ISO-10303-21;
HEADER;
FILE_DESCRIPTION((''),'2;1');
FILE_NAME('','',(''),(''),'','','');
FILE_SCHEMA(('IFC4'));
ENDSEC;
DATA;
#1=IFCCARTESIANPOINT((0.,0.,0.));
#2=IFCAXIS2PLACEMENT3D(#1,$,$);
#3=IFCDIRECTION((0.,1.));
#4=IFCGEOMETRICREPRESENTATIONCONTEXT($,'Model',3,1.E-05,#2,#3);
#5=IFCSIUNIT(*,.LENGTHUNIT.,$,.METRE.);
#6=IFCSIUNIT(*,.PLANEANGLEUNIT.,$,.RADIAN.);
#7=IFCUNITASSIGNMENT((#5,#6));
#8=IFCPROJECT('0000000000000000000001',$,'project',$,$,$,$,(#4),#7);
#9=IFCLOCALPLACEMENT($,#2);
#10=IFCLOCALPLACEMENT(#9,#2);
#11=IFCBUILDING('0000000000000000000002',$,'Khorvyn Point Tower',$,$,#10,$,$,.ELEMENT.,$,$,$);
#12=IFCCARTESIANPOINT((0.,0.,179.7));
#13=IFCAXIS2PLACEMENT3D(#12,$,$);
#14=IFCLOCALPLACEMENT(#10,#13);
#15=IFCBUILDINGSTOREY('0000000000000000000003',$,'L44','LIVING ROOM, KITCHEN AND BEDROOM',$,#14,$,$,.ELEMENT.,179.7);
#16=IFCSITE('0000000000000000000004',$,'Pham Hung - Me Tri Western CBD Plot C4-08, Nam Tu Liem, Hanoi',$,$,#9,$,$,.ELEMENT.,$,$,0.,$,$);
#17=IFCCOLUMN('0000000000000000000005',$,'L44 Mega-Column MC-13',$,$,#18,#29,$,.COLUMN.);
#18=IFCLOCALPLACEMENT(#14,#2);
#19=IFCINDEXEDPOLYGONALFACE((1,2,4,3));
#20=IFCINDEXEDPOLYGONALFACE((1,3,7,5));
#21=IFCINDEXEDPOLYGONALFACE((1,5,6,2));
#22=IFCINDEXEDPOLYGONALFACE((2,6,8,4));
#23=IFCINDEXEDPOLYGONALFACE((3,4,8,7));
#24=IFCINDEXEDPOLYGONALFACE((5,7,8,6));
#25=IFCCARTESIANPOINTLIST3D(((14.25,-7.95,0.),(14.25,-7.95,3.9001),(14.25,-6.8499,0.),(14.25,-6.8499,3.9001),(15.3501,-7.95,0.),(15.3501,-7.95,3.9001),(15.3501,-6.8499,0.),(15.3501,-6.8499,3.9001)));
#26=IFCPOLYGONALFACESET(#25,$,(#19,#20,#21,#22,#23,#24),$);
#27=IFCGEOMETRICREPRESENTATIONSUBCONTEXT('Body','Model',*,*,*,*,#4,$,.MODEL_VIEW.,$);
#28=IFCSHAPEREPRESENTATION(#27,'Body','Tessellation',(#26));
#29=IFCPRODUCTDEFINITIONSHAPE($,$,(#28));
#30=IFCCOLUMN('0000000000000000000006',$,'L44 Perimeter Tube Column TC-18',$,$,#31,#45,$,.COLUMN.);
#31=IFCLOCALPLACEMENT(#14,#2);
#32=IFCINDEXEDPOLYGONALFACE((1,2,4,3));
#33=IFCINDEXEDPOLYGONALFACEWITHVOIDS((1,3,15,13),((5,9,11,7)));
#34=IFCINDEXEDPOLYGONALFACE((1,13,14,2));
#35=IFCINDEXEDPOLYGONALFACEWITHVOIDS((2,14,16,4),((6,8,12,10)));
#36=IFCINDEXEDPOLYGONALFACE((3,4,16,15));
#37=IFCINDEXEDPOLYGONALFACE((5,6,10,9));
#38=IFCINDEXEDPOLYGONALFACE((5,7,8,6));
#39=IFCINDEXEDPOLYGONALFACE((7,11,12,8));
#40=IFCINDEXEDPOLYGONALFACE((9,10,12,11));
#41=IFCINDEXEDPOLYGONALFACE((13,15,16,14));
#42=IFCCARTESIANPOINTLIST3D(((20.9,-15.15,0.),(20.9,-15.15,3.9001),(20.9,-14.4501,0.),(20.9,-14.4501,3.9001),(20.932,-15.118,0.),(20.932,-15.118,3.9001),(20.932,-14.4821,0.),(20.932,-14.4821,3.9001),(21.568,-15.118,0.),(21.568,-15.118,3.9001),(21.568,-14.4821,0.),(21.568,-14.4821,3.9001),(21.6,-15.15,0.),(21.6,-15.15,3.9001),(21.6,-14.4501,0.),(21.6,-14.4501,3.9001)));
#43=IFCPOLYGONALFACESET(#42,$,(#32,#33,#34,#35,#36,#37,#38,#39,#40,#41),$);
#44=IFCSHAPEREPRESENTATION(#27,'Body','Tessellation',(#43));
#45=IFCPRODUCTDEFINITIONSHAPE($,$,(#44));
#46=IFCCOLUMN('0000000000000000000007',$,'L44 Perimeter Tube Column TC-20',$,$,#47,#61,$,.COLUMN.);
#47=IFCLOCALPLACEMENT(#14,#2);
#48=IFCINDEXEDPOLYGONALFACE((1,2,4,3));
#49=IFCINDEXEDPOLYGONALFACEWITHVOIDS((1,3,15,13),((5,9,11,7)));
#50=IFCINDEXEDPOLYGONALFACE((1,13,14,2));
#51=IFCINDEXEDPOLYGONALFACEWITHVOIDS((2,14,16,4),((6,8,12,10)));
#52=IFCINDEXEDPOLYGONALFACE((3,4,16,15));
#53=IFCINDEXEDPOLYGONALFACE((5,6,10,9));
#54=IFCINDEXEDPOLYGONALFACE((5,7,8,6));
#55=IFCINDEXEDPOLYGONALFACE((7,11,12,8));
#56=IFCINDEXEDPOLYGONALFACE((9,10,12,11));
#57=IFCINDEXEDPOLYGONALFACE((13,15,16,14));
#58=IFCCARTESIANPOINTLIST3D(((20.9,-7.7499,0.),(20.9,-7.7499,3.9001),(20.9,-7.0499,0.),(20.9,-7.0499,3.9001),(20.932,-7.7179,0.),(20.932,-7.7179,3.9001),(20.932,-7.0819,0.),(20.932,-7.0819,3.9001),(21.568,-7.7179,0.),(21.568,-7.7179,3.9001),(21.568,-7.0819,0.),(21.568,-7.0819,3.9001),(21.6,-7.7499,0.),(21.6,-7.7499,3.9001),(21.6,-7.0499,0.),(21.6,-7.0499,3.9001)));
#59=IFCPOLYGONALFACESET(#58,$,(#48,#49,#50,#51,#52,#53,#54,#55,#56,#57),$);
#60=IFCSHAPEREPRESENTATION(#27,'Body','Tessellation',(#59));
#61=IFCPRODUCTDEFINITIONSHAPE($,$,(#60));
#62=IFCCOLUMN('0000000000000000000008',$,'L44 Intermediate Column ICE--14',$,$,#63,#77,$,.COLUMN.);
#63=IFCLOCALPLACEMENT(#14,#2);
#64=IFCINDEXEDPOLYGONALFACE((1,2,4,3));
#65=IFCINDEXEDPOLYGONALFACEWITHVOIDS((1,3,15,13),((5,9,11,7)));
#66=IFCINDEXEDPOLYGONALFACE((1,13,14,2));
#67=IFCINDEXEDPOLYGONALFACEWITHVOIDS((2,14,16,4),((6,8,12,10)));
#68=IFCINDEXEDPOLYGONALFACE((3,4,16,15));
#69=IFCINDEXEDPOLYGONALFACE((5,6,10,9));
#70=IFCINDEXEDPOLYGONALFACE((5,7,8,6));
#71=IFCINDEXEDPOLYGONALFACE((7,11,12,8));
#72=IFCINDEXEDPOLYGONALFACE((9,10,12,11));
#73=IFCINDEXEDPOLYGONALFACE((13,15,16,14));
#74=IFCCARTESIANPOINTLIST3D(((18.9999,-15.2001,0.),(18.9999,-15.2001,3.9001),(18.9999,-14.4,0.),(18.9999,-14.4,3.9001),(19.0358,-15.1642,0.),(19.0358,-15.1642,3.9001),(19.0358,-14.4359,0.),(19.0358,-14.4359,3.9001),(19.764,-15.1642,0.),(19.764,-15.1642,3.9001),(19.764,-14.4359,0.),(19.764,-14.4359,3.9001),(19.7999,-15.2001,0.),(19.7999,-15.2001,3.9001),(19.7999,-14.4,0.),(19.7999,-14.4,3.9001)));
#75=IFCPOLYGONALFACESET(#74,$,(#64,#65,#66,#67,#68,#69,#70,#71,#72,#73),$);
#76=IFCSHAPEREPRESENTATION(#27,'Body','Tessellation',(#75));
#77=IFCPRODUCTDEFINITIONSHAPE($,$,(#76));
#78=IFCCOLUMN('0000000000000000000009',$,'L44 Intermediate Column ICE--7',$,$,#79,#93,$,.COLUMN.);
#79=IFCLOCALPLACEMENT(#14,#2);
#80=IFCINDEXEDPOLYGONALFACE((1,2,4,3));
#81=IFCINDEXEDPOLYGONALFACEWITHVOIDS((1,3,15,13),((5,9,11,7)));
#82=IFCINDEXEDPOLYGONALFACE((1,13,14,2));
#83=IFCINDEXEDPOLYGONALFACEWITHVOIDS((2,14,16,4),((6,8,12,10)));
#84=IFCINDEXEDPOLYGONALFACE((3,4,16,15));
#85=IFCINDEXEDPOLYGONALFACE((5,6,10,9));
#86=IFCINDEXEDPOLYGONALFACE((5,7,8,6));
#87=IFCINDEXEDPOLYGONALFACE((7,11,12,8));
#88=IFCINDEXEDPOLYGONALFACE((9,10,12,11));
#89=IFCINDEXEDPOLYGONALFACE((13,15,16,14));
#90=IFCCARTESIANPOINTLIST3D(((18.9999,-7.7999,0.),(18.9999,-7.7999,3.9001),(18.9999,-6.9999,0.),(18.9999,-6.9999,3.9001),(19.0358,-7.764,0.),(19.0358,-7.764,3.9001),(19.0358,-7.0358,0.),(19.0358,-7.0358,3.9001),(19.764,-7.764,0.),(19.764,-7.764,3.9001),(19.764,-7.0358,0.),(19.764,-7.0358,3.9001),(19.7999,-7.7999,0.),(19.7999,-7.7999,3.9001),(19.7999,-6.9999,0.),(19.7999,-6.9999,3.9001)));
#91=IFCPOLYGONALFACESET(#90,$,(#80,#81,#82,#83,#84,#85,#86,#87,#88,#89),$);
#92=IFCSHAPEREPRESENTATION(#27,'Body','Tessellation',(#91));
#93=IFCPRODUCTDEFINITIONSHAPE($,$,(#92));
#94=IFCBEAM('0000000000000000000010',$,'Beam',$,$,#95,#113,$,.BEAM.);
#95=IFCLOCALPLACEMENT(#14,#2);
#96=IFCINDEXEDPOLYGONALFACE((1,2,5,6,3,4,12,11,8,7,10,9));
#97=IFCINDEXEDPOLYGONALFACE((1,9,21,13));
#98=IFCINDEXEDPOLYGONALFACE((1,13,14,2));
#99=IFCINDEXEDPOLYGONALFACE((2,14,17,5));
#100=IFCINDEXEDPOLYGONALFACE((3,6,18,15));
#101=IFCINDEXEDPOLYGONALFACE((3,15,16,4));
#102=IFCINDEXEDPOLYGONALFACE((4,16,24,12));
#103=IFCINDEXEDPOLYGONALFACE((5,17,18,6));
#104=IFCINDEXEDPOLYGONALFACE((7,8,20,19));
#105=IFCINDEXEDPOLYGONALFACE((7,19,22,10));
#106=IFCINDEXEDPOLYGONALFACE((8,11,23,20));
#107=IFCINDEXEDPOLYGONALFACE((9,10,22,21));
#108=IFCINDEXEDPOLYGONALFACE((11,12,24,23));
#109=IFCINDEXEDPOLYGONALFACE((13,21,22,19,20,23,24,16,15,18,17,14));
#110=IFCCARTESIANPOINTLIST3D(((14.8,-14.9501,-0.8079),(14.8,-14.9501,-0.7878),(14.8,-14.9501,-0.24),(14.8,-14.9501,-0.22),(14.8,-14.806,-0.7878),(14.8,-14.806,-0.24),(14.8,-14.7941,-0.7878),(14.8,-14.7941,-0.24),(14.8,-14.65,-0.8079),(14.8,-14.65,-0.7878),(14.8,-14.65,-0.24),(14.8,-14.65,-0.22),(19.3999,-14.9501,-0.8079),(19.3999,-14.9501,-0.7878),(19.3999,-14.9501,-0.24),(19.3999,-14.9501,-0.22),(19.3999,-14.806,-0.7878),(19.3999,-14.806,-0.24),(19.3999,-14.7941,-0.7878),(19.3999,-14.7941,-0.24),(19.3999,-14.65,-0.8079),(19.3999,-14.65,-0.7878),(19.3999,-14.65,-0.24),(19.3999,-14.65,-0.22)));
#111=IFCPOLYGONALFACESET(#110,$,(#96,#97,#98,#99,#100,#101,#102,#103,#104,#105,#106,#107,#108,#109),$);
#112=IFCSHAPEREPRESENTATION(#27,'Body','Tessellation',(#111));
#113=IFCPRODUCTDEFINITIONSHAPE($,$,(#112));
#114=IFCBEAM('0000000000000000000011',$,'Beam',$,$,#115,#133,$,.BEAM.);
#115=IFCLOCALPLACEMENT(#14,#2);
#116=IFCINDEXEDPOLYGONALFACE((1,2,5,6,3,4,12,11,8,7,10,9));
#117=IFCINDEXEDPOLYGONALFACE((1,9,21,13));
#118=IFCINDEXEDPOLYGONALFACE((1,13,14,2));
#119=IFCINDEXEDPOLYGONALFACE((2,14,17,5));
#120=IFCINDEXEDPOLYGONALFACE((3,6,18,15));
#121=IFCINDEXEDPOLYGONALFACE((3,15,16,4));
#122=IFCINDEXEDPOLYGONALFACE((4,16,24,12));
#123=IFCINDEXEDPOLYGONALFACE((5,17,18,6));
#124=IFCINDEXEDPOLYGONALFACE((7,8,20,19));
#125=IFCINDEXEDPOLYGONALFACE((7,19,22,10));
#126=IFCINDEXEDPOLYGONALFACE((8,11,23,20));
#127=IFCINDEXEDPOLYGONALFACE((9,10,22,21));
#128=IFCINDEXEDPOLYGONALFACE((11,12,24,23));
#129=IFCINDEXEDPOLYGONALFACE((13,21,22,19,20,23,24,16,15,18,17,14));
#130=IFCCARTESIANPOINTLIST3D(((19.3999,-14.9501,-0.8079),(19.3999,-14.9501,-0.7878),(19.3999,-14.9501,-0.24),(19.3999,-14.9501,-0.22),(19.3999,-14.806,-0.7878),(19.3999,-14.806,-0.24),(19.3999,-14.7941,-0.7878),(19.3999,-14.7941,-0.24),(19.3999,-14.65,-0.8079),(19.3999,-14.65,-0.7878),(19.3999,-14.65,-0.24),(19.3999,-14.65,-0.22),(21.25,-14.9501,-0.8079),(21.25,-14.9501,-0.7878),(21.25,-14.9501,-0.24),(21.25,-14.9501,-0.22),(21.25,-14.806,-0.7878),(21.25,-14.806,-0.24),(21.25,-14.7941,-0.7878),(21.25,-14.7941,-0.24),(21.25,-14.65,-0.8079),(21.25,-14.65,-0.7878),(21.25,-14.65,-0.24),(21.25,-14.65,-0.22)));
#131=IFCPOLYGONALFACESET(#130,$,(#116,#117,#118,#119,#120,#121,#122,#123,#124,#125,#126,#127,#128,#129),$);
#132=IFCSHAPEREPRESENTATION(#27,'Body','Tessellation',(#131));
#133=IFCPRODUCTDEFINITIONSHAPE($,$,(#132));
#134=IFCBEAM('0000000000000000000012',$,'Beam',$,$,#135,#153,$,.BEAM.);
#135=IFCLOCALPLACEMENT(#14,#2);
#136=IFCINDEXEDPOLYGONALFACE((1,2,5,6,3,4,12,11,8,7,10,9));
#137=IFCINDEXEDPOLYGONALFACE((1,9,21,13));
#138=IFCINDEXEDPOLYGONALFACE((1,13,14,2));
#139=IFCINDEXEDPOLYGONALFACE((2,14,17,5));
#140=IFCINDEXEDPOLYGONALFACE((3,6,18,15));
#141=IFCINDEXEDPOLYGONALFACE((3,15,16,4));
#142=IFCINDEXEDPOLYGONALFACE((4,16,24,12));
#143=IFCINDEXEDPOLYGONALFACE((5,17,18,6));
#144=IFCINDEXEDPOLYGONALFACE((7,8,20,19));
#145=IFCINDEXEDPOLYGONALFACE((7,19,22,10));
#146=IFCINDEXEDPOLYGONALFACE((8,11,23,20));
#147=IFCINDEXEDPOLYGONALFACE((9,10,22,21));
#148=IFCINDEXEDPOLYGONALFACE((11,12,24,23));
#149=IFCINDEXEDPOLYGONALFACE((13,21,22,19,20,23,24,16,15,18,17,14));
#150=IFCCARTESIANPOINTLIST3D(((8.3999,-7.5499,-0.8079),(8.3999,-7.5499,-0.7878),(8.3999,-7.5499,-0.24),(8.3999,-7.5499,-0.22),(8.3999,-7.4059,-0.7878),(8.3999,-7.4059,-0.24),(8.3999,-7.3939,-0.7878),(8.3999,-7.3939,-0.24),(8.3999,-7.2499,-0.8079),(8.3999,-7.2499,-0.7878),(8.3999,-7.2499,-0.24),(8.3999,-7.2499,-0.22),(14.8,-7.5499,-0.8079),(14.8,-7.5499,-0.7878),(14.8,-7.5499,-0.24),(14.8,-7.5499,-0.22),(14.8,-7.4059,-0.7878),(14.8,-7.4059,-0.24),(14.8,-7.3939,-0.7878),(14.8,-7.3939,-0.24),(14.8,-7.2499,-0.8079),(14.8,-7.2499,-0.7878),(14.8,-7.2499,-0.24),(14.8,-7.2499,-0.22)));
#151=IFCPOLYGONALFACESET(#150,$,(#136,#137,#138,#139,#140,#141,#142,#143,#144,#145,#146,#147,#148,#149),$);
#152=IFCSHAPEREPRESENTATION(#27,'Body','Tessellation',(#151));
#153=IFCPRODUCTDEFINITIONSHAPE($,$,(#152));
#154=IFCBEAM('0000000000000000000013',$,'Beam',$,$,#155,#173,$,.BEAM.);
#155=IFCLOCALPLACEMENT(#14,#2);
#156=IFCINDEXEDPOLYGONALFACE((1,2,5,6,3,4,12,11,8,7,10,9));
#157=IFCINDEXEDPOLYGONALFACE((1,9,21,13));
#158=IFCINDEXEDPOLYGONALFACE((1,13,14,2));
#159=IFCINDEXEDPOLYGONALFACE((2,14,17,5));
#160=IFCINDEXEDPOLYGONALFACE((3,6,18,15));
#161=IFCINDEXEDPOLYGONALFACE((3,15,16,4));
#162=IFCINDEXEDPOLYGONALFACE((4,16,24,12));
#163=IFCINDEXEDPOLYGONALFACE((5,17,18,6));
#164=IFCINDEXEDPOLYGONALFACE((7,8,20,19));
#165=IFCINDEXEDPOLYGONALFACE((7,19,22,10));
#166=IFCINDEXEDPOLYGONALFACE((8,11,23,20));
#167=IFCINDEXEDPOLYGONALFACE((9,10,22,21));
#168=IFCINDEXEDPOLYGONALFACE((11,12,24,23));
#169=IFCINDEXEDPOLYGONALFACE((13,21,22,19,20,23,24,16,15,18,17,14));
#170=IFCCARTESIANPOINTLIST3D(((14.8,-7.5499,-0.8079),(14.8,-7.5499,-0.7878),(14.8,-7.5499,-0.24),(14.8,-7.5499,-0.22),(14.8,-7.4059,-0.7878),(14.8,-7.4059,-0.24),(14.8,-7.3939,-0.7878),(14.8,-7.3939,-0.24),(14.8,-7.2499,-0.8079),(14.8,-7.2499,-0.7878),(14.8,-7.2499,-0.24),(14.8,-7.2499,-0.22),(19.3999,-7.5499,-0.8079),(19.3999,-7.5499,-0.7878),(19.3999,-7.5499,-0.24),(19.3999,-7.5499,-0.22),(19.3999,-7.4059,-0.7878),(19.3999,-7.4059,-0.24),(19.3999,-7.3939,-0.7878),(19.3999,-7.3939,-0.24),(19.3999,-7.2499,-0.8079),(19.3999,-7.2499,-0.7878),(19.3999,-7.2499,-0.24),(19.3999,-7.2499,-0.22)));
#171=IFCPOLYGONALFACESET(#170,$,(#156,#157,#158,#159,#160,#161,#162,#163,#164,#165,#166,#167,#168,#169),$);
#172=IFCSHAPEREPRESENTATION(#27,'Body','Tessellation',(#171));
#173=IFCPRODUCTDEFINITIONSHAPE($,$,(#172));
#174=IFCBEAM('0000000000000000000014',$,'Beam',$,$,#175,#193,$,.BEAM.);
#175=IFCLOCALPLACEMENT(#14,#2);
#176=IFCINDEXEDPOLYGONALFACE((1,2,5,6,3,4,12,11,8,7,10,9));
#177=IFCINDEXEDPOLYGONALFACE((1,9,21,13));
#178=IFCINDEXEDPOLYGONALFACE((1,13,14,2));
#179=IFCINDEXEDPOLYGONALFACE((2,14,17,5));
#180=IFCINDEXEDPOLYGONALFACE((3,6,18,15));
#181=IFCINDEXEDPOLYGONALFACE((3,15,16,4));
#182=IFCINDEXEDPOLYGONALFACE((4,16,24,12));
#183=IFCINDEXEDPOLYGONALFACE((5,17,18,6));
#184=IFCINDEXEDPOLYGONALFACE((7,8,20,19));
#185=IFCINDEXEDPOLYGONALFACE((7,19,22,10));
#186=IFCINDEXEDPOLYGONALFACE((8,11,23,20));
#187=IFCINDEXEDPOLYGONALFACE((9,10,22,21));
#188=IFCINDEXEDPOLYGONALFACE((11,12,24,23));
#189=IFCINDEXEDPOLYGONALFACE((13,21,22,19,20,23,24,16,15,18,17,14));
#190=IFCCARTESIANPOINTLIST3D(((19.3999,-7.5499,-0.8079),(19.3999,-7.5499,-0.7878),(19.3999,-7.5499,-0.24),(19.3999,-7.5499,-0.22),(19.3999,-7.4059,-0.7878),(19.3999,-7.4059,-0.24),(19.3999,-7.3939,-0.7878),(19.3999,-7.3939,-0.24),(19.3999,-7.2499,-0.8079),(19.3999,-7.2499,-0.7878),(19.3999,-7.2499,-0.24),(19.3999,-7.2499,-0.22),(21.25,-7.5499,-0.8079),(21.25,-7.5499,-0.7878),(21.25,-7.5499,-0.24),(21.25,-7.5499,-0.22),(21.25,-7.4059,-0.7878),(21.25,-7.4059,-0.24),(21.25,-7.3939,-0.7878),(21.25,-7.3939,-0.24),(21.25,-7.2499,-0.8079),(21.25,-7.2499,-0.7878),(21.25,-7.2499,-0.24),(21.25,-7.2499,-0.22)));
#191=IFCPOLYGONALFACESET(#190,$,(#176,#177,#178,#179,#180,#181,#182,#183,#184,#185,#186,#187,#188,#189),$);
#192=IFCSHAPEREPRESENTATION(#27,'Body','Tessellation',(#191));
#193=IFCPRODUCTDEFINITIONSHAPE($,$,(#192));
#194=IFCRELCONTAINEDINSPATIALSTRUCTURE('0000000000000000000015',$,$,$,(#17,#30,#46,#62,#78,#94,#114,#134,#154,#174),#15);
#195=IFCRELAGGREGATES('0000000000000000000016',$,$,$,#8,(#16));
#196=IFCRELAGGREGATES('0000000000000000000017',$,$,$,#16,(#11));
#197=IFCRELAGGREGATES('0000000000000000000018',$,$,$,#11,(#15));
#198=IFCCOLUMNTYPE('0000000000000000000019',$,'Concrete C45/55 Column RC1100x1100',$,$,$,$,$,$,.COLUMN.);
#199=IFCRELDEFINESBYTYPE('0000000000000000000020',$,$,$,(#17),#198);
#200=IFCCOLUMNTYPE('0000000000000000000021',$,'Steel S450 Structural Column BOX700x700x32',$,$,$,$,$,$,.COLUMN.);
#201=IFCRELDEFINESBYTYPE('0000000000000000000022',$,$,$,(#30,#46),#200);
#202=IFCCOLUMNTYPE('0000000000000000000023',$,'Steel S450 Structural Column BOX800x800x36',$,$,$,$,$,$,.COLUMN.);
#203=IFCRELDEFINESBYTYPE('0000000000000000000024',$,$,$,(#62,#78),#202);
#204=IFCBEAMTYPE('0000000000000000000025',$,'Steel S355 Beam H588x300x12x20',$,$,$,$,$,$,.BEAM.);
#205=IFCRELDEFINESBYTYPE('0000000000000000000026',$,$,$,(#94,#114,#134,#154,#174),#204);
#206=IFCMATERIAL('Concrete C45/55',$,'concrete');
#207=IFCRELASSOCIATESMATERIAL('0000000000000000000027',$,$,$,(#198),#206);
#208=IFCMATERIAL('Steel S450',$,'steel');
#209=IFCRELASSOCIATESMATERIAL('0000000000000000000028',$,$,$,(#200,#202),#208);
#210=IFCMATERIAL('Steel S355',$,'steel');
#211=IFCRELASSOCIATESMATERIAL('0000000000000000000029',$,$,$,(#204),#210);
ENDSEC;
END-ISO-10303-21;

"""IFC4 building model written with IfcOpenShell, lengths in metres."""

from ifc_helpers import new_model, si_unit, direction, frame, origin, origin_2d, place, context, subcontext, project, spatial, rectangle, hollow_rectangle, i_section, extrude, material, material_profile, profile_set, type_object, element, save


model = new_model("IFC4")

# Units and contexts
model_context = context("Model", 3, precision=1e-05, world=origin(), true_north=direction((0.0, 1.0)))
body_context = subcontext(model_context, "Body", "Model", "MODEL_VIEW")
ifc_project = project(units=[si_unit("LENGTHUNIT", "METRE"), si_unit("PLANEANGLEUNIT", "RADIAN")], contexts=[model_context])

# Site, building, storey
site_placement = place(None, origin())
site = spatial("IfcSite", under=ifc_project, at=site_placement, Name="Pham Hung - Me Tri Western CBD Plot C4-08, Nam Tu Liem, Hanoi", CompositionType="ELEMENT", RefElevation=0.0)
building_placement = place(site_placement, origin())
building = spatial("IfcBuilding", under=site, at=building_placement, Name="Khorvyn Point Tower", CompositionType="ELEMENT")
storey_placement = place(building_placement, frame((0.0, 0.0, 179.7)))
storey = spatial("IfcBuildingStorey", under=building, at=storey_placement, Name="L44", Description="LIVING ROOM, KITCHEN AND BEDROOM", CompositionType="ELEMENT", Elevation=179.7)

# Columns
ifc_material_1 = material(Name="Concrete C45/55", Category="concrete")
ifc_material_profile_1 = material_profile(ifc_material_1, rectangle(XDim=1.1001, YDim=1.1001, at=origin_2d()))
ifc_profile_set_1 = profile_set([ifc_material_profile_1], Name="Concrete C45/55 RC1100x1100")
column_type_1 = type_object("IfcColumnType", Name="Concrete C45/55 Column RC1100x1100", PredefinedType="COLUMN", material=ifc_profile_set_1)
column_placement = place(storey_placement, frame((14.8, -7.3999, 0.0), z_axis=(0.0, 0.0, 1.0), x_axis=(1.0, 0.0, 0.0)))
element("IfcColumn", 1, at=column_placement, inside=storey, type_object=column_type_1, Name="L44 Mega-Column MC-13", PredefinedType="COLUMN", context=body_context, shape_type="SweptSolid", body=[
    extrude(rectangle(XDim=1.1001, YDim=1.1001, at=origin_2d()), origin(), (0.0, 0.0, 1.0), 3.9001),
])
ifc_material_2 = material(Name="Steel S450", Category="steel")
ifc_material_profile_2 = material_profile(ifc_material_2, hollow_rectangle(XDim=0.7, YDim=0.7, WallThickness=0.032, at=origin_2d()))
ifc_profile_set_2 = profile_set([ifc_material_profile_2], Name="Steel S450 BOX700x700x32")
column_type_2 = type_object("IfcColumnType", Name="Steel S450 Structural Column BOX700x700x32", PredefinedType="COLUMN", material=ifc_profile_set_2)
for number, where, z_axis, x_axis, name in (
    (2, (21.25, -14.8, 0.0), (0.0, 0.0, 1.0), (1.0, 0.0, 0.0), "L44 Perimeter Tube Column TC-18"),
    (3, (21.25, -7.3999, 0.0), (0.0, 0.0, 1.0), (1.0, 0.0, 0.0), "L44 Perimeter Tube Column TC-20"),
):
    element("IfcColumn", number, at=place(storey_placement, frame(where, z_axis=z_axis, x_axis=x_axis)), inside=storey, type_object=column_type_2, Name=name, PredefinedType="COLUMN", context=body_context, shape_type="SweptSolid", body=[
        extrude(hollow_rectangle(XDim=0.7, YDim=0.7, WallThickness=0.032, at=origin_2d()), origin(), (0.0, 0.0, 1.0), 3.9001),
    ])
ifc_material_profile_3 = material_profile(ifc_material_2, hollow_rectangle(XDim=0.8, YDim=0.8, WallThickness=0.0359, at=origin_2d()))
ifc_profile_set_3 = profile_set([ifc_material_profile_3], Name="Steel S450 BOX800x800x36")
column_type_3 = type_object("IfcColumnType", Name="Steel S450 Structural Column BOX800x800x36", PredefinedType="COLUMN", material=ifc_profile_set_3)
for number, where, z_axis, x_axis, name in (
    (4, (19.3999, -14.8, 0.0), (0.0, 0.0, 1.0), (1.0, 0.0, 0.0), "L44 Intermediate Column ICE--14"),
    (5, (19.3999, -7.3999, 0.0), (0.0, 0.0, 1.0), (1.0, 0.0, 0.0), "L44 Intermediate Column ICE--7"),
):
    element("IfcColumn", number, at=place(storey_placement, frame(where, z_axis=z_axis, x_axis=x_axis)), inside=storey, type_object=column_type_3, Name=name, PredefinedType="COLUMN", context=body_context, shape_type="SweptSolid", body=[
        extrude(hollow_rectangle(XDim=0.8, YDim=0.8, WallThickness=0.0359, at=origin_2d()), origin(), (0.0, 0.0, 1.0), 3.9001),
    ])

# Beams
ifc_material_3 = material(Name="Steel S355", Category="steel")
ifc_material_profile_4 = material_profile(ifc_material_3, i_section(OverallWidth=0.3, OverallDepth=0.5879, WebThickness=0.012, FlangeThickness=0.02, at=origin_2d()))
ifc_profile_set_4 = profile_set([ifc_material_profile_4], Name="Steel S355 H588x300x12x20")
beam_type_1 = type_object("IfcBeamType", Name="Steel S355 Beam H588x300x12x20", PredefinedType="BEAM", material=ifc_profile_set_4)
beam_1_placement = place(storey_placement, frame((14.8, -14.8, -0.5139), z_axis=(1.0, 0.0, 0.0), x_axis=(0.0, 1.0, 0.0)))
element("IfcBeam", 6, at=beam_1_placement, inside=storey, type_object=beam_type_1, Name="Beam", PredefinedType="BEAM", context=body_context, shape_type="SweptSolid", body=[
    extrude(i_section(OverallWidth=0.3, OverallDepth=0.5879, WebThickness=0.012, FlangeThickness=0.02, at=origin_2d()), origin(), (0.0, 0.0, 1.0), 4.5999),
])
beam_2_placement = place(storey_placement, frame((19.3999, -14.8, -0.5139), z_axis=(1.0, 0.0, 0.0), x_axis=(0.0, 1.0, 0.0)))
element("IfcBeam", 7, at=beam_2_placement, inside=storey, type_object=beam_type_1, Name="Beam", PredefinedType="BEAM", context=body_context, shape_type="SweptSolid", body=[
    extrude(i_section(OverallWidth=0.3, OverallDepth=0.5879, WebThickness=0.012, FlangeThickness=0.02, at=origin_2d()), origin(), (0.0, 0.0, 1.0), 1.8501),
])
beam_3_placement = place(storey_placement, frame((8.3999, -7.3999, -0.5139), z_axis=(1.0, 0.0, 0.0), x_axis=(0.0, 1.0, 0.0)))
element("IfcBeam", 8, at=beam_3_placement, inside=storey, type_object=beam_type_1, Name="Beam", PredefinedType="BEAM", context=body_context, shape_type="SweptSolid", body=[
    extrude(i_section(OverallWidth=0.3, OverallDepth=0.5879, WebThickness=0.012, FlangeThickness=0.02, at=origin_2d()), origin(), (0.0, 0.0, 1.0), 6.4001),
])
beam_4_placement = place(storey_placement, frame((14.8, -7.3999, -0.5139), z_axis=(1.0, 0.0, 0.0), x_axis=(0.0, 1.0, 0.0)))
element("IfcBeam", 9, at=beam_4_placement, inside=storey, type_object=beam_type_1, Name="Beam", PredefinedType="BEAM", context=body_context, shape_type="SweptSolid", body=[
    extrude(i_section(OverallWidth=0.3, OverallDepth=0.5879, WebThickness=0.012, FlangeThickness=0.02, at=origin_2d()), origin(), (0.0, 0.0, 1.0), 4.5999),
])
beam_5_placement = place(storey_placement, frame((19.3999, -7.3999, -0.5139), z_axis=(1.0, 0.0, 0.0), x_axis=(0.0, 1.0, 0.0)))
element("IfcBeam", 10, at=beam_5_placement, inside=storey, type_object=beam_type_1, Name="Beam", PredefinedType="BEAM", context=body_context, shape_type="SweptSolid", body=[
    extrude(i_section(OverallWidth=0.3, OverallDepth=0.5879, WebThickness=0.012, FlangeThickness=0.02, at=origin_2d()), origin(), (0.0, 0.0, 1.0), 1.8501),
])

save(model, "model.ifc")
